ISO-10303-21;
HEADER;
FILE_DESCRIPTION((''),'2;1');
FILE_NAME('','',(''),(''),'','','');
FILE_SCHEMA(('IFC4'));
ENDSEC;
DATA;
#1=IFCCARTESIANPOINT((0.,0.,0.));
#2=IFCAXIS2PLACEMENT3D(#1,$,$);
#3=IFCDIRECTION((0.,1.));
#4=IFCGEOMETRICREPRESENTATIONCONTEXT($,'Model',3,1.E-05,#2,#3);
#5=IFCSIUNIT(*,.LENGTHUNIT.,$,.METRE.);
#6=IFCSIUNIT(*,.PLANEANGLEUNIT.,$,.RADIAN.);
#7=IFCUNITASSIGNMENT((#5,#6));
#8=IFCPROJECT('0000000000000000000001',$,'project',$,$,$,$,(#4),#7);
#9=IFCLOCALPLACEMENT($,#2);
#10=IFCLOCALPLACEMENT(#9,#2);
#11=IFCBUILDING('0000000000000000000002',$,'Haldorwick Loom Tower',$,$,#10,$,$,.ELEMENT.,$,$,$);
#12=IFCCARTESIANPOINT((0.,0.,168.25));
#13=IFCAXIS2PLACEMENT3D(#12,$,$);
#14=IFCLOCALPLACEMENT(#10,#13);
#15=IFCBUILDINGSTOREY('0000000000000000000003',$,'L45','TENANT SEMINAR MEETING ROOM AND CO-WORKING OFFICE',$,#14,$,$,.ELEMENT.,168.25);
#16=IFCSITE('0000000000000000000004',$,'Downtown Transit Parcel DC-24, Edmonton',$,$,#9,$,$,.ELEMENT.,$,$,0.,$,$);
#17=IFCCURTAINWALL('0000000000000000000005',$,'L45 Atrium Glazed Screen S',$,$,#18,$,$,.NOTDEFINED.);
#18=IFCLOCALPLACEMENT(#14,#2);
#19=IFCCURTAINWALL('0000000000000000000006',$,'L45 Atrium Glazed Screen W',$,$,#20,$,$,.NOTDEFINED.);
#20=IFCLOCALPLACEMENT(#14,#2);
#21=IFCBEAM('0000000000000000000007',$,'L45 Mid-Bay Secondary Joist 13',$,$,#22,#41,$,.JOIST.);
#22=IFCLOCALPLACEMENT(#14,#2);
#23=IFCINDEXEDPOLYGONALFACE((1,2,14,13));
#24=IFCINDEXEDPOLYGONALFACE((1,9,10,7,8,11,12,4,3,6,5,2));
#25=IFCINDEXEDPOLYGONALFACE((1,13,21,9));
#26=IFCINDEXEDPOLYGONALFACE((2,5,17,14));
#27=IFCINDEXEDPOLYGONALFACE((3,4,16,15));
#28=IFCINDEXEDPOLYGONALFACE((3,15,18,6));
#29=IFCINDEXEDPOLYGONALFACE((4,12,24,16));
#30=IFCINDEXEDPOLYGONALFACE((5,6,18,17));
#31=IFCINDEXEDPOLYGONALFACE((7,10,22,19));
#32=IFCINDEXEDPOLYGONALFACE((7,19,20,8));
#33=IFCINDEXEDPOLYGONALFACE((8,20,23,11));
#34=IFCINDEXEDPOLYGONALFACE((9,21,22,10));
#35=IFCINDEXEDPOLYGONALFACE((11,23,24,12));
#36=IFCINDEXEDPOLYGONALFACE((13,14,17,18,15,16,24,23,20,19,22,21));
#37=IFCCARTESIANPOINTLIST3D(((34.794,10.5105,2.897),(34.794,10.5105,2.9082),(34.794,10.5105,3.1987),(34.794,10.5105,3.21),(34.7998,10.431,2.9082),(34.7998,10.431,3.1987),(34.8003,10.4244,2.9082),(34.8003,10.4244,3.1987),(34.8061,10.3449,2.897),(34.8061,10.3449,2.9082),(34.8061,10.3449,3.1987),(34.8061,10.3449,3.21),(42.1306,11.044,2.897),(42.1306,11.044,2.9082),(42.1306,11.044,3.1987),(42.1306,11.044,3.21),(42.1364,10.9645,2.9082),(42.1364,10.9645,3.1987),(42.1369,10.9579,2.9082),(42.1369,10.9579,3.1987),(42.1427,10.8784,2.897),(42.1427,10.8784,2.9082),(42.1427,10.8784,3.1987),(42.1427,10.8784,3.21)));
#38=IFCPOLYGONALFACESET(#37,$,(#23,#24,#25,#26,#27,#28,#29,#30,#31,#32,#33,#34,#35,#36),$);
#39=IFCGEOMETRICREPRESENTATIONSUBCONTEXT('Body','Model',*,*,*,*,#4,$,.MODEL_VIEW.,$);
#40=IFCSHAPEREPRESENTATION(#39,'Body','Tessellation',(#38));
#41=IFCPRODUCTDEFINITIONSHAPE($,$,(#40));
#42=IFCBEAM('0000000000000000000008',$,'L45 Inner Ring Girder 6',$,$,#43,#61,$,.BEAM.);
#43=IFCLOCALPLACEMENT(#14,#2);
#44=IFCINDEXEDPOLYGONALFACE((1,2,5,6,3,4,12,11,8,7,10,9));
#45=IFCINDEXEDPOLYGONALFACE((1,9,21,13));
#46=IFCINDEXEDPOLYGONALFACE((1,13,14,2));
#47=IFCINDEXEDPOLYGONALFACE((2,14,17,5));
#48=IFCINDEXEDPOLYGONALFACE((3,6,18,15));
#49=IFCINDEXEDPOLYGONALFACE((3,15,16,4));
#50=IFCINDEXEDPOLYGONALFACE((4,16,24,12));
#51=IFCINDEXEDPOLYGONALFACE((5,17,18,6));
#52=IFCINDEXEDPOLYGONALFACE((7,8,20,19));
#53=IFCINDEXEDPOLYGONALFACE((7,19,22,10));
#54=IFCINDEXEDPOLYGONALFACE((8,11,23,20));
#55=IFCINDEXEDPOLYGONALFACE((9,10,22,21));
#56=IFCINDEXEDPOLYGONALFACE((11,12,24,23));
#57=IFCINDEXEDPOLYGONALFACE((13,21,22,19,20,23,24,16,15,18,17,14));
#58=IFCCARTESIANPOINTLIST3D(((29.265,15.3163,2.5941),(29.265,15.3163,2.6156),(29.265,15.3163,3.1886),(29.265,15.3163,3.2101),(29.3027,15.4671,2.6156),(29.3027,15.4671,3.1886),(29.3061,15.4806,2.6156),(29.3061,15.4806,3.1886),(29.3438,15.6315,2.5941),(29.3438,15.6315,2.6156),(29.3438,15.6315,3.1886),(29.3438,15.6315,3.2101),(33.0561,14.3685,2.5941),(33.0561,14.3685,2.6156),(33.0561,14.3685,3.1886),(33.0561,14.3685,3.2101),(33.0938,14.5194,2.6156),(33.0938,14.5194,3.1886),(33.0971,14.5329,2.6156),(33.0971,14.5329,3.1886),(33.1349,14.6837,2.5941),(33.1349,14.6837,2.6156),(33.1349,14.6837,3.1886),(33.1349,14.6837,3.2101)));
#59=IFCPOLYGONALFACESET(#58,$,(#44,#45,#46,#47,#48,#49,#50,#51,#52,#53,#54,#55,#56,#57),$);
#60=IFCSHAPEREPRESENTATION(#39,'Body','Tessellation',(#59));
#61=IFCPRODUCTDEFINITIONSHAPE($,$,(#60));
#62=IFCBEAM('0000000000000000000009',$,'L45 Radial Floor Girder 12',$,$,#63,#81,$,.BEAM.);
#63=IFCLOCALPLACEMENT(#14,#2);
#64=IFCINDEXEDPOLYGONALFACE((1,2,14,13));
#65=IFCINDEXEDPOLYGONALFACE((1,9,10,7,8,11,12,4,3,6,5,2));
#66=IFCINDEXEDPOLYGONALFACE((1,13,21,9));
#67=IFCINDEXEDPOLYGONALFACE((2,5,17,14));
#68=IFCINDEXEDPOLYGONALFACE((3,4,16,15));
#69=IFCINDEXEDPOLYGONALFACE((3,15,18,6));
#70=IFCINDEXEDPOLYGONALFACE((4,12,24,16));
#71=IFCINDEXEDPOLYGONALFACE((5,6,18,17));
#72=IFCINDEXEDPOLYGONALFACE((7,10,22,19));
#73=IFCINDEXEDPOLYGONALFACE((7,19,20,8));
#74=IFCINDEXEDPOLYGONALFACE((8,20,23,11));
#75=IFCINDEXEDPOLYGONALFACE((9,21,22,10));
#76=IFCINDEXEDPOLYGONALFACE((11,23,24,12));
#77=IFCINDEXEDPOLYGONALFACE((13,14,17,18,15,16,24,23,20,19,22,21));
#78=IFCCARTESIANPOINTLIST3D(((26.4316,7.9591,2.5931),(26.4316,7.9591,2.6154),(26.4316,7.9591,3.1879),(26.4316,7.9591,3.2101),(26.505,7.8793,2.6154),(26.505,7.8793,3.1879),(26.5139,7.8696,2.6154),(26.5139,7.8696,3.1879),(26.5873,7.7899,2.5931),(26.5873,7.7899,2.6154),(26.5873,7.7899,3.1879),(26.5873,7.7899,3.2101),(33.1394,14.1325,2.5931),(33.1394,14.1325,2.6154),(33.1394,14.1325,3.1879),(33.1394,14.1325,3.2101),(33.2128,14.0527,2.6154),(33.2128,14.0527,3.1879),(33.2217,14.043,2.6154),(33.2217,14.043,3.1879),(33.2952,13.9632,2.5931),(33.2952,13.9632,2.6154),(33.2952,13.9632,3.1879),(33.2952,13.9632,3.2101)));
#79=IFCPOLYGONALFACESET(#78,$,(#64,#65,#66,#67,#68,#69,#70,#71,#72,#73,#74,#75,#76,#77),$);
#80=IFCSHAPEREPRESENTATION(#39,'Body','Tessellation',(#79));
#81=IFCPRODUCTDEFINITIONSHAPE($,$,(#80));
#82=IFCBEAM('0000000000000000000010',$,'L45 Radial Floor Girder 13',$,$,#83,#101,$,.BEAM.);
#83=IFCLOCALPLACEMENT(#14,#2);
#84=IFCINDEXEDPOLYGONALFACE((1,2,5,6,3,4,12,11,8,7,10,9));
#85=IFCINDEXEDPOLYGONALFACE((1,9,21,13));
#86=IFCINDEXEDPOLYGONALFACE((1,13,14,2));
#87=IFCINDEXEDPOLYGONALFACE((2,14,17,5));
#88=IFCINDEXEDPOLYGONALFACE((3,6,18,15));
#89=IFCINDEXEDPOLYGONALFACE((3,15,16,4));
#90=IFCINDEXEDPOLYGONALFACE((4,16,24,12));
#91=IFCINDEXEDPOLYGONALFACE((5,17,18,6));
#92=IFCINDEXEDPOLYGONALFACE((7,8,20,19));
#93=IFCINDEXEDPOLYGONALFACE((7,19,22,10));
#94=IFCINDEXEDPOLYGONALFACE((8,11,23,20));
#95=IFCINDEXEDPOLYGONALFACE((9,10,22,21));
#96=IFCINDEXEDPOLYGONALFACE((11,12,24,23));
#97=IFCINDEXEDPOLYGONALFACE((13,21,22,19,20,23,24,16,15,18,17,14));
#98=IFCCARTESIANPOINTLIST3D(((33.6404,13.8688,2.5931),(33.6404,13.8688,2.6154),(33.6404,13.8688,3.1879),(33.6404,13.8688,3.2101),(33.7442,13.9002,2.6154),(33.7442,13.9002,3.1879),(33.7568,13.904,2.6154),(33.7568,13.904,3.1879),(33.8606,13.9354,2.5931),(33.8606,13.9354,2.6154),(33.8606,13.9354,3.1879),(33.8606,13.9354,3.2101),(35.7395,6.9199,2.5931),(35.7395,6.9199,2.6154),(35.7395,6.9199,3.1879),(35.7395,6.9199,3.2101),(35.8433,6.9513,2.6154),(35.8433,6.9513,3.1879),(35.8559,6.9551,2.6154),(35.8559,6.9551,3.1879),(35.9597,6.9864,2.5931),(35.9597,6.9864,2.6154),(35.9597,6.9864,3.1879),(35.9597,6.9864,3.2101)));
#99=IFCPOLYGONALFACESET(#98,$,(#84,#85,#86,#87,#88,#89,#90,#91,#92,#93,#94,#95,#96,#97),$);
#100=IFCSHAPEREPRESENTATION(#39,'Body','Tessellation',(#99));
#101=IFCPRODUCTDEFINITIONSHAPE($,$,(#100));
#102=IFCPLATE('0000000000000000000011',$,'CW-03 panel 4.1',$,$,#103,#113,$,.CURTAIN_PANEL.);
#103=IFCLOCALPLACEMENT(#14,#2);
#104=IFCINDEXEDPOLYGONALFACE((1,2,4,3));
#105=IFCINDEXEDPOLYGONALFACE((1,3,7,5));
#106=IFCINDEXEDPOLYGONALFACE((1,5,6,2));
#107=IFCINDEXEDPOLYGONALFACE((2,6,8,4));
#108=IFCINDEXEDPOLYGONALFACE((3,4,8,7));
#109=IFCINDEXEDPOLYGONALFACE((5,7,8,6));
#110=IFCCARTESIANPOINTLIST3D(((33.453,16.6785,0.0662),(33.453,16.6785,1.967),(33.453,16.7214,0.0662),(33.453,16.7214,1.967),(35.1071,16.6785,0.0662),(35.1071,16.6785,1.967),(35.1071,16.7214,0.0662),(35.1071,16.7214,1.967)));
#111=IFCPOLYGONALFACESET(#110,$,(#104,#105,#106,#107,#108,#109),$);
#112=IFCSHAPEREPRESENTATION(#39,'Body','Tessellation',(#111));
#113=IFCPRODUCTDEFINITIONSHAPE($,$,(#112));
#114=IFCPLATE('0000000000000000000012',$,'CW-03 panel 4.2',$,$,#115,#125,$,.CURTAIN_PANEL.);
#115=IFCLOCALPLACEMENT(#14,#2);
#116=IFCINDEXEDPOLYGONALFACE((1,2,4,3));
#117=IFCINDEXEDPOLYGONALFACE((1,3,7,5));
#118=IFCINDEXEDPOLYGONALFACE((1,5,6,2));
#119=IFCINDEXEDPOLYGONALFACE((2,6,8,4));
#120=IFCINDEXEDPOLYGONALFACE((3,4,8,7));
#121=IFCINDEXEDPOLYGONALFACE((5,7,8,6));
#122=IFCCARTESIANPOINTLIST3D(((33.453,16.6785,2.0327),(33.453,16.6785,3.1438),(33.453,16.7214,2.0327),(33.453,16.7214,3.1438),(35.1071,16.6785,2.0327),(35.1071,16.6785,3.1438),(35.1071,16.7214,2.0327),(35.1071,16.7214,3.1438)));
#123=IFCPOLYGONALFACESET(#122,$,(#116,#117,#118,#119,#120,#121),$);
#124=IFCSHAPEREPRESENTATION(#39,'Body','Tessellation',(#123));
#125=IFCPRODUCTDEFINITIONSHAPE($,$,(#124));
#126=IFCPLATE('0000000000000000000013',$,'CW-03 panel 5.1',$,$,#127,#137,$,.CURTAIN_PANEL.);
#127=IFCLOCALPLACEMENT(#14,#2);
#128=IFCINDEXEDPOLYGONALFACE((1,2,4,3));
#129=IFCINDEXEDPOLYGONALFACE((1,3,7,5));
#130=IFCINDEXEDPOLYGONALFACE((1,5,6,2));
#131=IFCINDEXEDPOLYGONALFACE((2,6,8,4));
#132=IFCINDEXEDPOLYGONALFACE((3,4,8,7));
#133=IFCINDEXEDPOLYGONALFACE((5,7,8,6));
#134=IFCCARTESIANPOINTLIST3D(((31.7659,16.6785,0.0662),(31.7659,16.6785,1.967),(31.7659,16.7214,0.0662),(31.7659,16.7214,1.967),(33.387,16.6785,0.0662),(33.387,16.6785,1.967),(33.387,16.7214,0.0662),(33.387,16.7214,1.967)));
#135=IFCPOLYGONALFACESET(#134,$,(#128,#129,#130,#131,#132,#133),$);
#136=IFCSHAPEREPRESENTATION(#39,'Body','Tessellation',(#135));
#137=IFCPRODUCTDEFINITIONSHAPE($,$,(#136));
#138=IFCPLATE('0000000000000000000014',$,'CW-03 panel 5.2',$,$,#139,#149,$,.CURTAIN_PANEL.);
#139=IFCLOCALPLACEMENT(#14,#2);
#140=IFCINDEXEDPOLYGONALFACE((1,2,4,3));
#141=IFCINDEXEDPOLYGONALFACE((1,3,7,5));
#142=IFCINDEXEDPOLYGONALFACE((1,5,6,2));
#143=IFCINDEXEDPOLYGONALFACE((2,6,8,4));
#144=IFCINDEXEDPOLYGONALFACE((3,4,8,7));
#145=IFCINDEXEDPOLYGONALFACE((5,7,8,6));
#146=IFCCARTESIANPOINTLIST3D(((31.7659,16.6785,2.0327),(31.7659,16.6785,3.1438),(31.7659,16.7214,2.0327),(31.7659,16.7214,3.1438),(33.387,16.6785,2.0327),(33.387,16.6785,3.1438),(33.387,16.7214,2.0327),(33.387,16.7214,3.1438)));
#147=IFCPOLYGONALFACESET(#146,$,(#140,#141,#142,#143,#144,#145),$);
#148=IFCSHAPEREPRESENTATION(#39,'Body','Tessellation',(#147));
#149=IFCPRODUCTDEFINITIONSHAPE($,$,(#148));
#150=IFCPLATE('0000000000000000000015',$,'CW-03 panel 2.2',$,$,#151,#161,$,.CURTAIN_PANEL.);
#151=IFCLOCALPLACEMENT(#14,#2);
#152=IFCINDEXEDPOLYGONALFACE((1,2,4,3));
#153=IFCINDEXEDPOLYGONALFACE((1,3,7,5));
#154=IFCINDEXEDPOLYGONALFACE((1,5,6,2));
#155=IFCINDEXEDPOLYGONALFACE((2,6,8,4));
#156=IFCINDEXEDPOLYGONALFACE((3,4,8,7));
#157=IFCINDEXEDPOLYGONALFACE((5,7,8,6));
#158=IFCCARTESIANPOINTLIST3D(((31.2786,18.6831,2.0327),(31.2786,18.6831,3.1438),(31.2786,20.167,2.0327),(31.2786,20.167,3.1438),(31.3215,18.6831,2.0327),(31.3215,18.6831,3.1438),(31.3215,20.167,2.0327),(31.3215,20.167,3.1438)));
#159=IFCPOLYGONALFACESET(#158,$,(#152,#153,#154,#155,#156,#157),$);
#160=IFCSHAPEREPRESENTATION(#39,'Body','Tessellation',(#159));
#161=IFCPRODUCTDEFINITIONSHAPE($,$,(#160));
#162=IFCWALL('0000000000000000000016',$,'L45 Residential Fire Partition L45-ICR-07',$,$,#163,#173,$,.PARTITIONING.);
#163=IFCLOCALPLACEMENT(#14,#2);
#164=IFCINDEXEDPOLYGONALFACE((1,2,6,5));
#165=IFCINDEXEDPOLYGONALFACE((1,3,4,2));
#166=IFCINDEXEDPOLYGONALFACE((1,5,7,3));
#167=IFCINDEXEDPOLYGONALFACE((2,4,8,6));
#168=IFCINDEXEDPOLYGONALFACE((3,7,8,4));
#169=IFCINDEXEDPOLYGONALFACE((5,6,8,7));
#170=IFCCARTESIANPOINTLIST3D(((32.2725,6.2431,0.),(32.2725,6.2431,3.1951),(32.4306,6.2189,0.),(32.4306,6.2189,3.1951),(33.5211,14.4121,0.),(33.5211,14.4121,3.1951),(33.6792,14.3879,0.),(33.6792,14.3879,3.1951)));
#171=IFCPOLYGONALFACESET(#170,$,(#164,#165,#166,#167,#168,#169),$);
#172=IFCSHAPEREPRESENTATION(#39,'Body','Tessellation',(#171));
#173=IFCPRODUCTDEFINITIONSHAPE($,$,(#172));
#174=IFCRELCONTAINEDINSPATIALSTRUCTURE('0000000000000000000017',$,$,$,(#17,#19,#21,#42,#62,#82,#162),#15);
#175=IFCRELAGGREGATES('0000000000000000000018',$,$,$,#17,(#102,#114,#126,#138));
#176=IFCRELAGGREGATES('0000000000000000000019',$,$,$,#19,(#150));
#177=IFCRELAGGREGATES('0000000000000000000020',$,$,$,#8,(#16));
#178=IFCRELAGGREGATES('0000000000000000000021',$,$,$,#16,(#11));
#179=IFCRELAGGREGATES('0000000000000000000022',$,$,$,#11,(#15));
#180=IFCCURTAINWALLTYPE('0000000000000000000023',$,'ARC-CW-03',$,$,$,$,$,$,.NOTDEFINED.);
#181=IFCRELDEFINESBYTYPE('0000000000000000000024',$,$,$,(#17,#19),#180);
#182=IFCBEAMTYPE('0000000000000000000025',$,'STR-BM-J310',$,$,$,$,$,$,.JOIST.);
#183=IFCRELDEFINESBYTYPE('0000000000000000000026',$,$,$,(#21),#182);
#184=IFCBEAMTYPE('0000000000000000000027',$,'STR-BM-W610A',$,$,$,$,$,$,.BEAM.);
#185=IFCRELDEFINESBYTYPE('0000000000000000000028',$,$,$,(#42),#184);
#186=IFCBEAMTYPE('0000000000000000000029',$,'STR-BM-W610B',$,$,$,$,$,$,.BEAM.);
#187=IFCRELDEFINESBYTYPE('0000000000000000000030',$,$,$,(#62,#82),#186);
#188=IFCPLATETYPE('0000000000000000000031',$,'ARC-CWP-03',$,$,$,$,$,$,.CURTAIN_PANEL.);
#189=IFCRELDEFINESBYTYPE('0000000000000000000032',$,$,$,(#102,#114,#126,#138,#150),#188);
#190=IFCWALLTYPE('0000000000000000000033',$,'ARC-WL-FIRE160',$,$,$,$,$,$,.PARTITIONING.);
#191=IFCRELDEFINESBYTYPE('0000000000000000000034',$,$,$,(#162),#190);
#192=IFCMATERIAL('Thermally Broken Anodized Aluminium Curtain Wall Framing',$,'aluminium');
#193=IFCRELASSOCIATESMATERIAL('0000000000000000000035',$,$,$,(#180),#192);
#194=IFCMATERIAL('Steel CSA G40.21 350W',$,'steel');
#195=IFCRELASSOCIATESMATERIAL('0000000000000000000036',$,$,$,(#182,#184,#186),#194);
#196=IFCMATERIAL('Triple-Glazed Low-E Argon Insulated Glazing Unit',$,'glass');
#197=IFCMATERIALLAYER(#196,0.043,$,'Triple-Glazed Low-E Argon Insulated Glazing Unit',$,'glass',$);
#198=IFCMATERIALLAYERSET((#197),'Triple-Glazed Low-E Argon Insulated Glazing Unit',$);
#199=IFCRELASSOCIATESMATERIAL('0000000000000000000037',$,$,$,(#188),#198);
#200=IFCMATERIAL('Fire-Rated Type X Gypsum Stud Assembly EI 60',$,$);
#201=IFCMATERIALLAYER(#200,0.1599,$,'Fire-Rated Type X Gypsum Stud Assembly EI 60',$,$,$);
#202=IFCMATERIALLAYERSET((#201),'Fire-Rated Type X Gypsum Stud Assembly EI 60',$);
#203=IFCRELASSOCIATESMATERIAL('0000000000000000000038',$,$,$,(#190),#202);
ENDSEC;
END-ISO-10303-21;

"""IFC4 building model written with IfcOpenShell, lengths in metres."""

from ifc_helpers import new_model, si_unit, direction, frame, frame_2d, origin, origin_2d, place, context, subcontext, project, spatial, rectangle, i_section, extrude, material, layer, layer_set, material_profile, profile_set, type_object, element, aggregate, save


model = new_model("IFC4")

# Units and contexts
model_context = context("Model", 3, precision=1e-05, world=origin(), true_north=direction((0.0, 1.0)))
body_context = subcontext(model_context, "Body", "Model", "MODEL_VIEW")
ifc_project = project(units=[si_unit("LENGTHUNIT", "METRE"), si_unit("PLANEANGLEUNIT", "RADIAN")], contexts=[model_context])

# Site, building, storey
site_placement = place(None, origin())
site = spatial("IfcSite", under=ifc_project, at=site_placement, Name="Downtown Transit Parcel DC-24, Edmonton", CompositionType="ELEMENT", RefElevation=0.0)
building_placement = place(site_placement, origin())
building = spatial("IfcBuilding", under=site, at=building_placement, Name="Haldorwick Loom Tower", CompositionType="ELEMENT")
storey_placement = place(building_placement, frame((0.0, 0.0, 168.25)))
storey = spatial("IfcBuildingStorey", under=building, at=storey_placement, Name="L45", Description="TENANT SEMINAR MEETING ROOM AND CO-WORKING OFFICE", CompositionType="ELEMENT", Elevation=168.25)

# Curtain wall
ifc_material_1 = material(Name="Thermally Broken Anodized Aluminium Curtain Wall Framing", Category="aluminium")
curtain_wall_type = type_object("IfcCurtainWallType", Name="ARC-CW-03", PredefinedType="NOTDEFINED", material=ifc_material_1)
curtain_wall_1_placement = place(storey_placement, origin())
curtain_wall_1 = element("IfcCurtainWall", 1, at=curtain_wall_1_placement, inside=storey, type_object=curtain_wall_type, Name="L45 Atrium Glazed Screen S", PredefinedType="NOTDEFINED")

# Curtain wall
curtain_wall_2_placement = place(storey_placement, origin())
curtain_wall_2 = element("IfcCurtainWall", 2, at=curtain_wall_2_placement, inside=storey, type_object=curtain_wall_type, Name="L45 Atrium Glazed Screen W", PredefinedType="NOTDEFINED")

# Beams
ifc_material_2 = material(Name="Steel CSA G40.21 350W", Category="steel")
ifc_material_profile_1 = material_profile(ifc_material_2, i_section(OverallWidth=0.166, OverallDepth=0.313, WebThickness=0.0066, FlangeThickness=0.0112, at=origin_2d()), Name="W310X45", Category="steel")
ifc_profile_set_1 = profile_set([ifc_material_profile_1], Name="Steel CSA G40.21 350W")
beam_type_1 = type_object("IfcBeamType", Name="STR-BM-J310", PredefinedType="JOIST", material=ifc_profile_set_1)
beam_1_placement = place(storey_placement, frame((34.8, 10.4277, 3.0535), z_axis=(0.997367, 0.072518, 0.0), x_axis=(-0.072518, 0.997367, 0.0)))
element("IfcBeam", 3, at=beam_1_placement, inside=storey, type_object=beam_type_1, Name="L45 Mid-Bay Secondary Joist 13", PredefinedType="JOIST", context=body_context, shape_type="SweptSolid", body=[
    extrude(i_section(OverallWidth=0.166, OverallDepth=0.313, WebThickness=0.0066, FlangeThickness=0.0112, at=origin_2d()), origin(), (0.0, 0.0, 1.0), 7.356),
])
ifc_material_profile_2 = material_profile(ifc_material_2, i_section(OverallWidth=0.325, OverallDepth=0.616, WebThickness=0.0139, FlangeThickness=0.0215, at=origin_2d()), Name="W610X174", Category="steel")
ifc_profile_set_2 = profile_set([ifc_material_profile_2], Name="Steel CSA G40.21 350W")
beam_type_2 = type_object("IfcBeamType", Name="STR-BM-W610A", PredefinedType="BEAM", material=ifc_profile_set_2)
beam_2_placement = place(storey_placement, frame((33.0955, 14.5261, 2.9021), z_axis=(-0.970143, 0.242536, 0.0), x_axis=(-0.242536, -0.970143, 0.0)))
element("IfcBeam", 4, at=beam_2_placement, inside=storey, type_object=beam_type_2, Name="L45 Inner Ring Girder 6", PredefinedType="BEAM", context=body_context, shape_type="SweptSolid", body=[
    extrude(i_section(OverallWidth=0.325, OverallDepth=0.616, WebThickness=0.0139, FlangeThickness=0.0215, at=origin_2d()), origin(), (0.0, 0.0, 1.0), 3.9077),
])
ifc_material_profile_3 = material_profile(ifc_material_2, i_section(OverallWidth=0.23, OverallDepth=0.6169, WebThickness=0.0132, FlangeThickness=0.0222, at=origin_2d()), Name="W610X140", Category="steel")
ifc_profile_set_3 = profile_set([ifc_material_profile_3], Name="Steel CSA G40.21 350W")
beam_type_3 = type_object("IfcBeamType", Name="STR-BM-W610B", PredefinedType="BEAM", material=ifc_profile_set_3)
beam_3_placement = place(storey_placement, frame((33.2173, 14.0479, 2.9016), z_axis=(-0.735811, -0.677187, 0.0), x_axis=(0.677187, -0.735811, 0.0)))
element("IfcBeam", 5, at=beam_3_placement, inside=storey, type_object=beam_type_3, Name="L45 Radial Floor Girder 12", PredefinedType="BEAM", context=body_context, shape_type="SweptSolid", body=[
    extrude(i_section(OverallWidth=0.23, OverallDepth=0.6169, WebThickness=0.0132, FlangeThickness=0.0222, at=origin_2d()), origin(), (0.0, 0.0, 1.0), 9.1162),
])
beam_4_placement = place(storey_placement, frame((33.7505, 13.9021, 2.9016), z_axis=(0.289171, -0.957277, 0.0), x_axis=(0.957277, 0.289171, 0.0)))
element("IfcBeam", 6, at=beam_4_placement, inside=storey, type_object=beam_type_3, Name="L45 Radial Floor Girder 13", PredefinedType="BEAM", context=body_context, shape_type="SweptSolid", body=[
    extrude(i_section(OverallWidth=0.23, OverallDepth=0.6169, WebThickness=0.0132, FlangeThickness=0.0222, at=origin_2d()), origin(), (0.0, 0.0, 1.0), 7.259),
])

# Plates
ifc_material_3 = material(Name="Triple-Glazed Low-E Argon Insulated Glazing Unit", Category="glass")
ifc_layer_1 = layer(ifc_material_3, 0.043, Name="Triple-Glazed Low-E Argon Insulated Glazing Unit", Category="glass")
ifc_layer_set_1 = layer_set([ifc_layer_1], Name="Triple-Glazed Low-E Argon Insulated Glazing Unit")
plate_type = type_object("IfcPlateType", Name="ARC-CWP-03", PredefinedType="CURTAIN_PANEL", material=ifc_layer_set_1)
plate_1_placement = place(storey_placement, frame((34.28, 16.7, 0.0662), z_axis=(0.0, 0.0, 1.0), x_axis=(-1.0, 0.0, 0.0)))
plate_1 = element("IfcPlate", 7, at=plate_1_placement, type_object=plate_type, Name="CW-03 panel 4.1", PredefinedType="CURTAIN_PANEL", context=body_context, shape_type="SweptSolid", body=[
    extrude(rectangle(XDim=1.6541, YDim=0.043, at=origin_2d()), origin(), (0.0, 0.0, 1.0), 1.9009),
])
plate_2_placement = place(storey_placement, frame((34.28, 16.7, 2.0327), z_axis=(0.0, 0.0, 1.0), x_axis=(-1.0, 0.0, 0.0)))
plate_2 = element("IfcPlate", 8, at=plate_2_placement, type_object=plate_type, Name="CW-03 panel 4.2", PredefinedType="CURTAIN_PANEL", context=body_context, shape_type="SweptSolid", body=[
    extrude(rectangle(XDim=1.6541, YDim=0.043, at=origin_2d()), origin(), (0.0, 0.0, 1.0), 1.1111),
])
plate_3_placement = place(storey_placement, frame((32.5764, 16.7, 0.0662), z_axis=(0.0, 0.0, 1.0), x_axis=(-1.0, 0.0, 0.0)))
plate_3 = element("IfcPlate", 9, at=plate_3_placement, type_object=plate_type, Name="CW-03 panel 5.1", PredefinedType="CURTAIN_PANEL", context=body_context, shape_type="SweptSolid", body=[
    extrude(rectangle(XDim=1.6211, YDim=0.043, at=origin_2d()), origin(), (0.0, 0.0, 1.0), 1.9009),
])
plate_4_placement = place(storey_placement, frame((32.5764, 16.7, 2.0327), z_axis=(0.0, 0.0, 1.0), x_axis=(-1.0, 0.0, 0.0)))
plate_4 = element("IfcPlate", 10, at=plate_4_placement, type_object=plate_type, Name="CW-03 panel 5.2", PredefinedType="CURTAIN_PANEL", context=body_context, shape_type="SweptSolid", body=[
    extrude(rectangle(XDim=1.6211, YDim=0.043, at=origin_2d()), origin(), (0.0, 0.0, 1.0), 1.1111),
])
aggregate(curtain_wall_1, [plate_1, plate_2, plate_3, plate_4])
plate_5_placement = place(storey_placement, frame((31.3, 19.425, 2.0327), z_axis=(0.0, 0.0, 1.0), x_axis=(0.0, 1.0, 0.0)))
plate_5 = element("IfcPlate", 11, at=plate_5_placement, type_object=plate_type, Name="CW-03 panel 2.2", PredefinedType="CURTAIN_PANEL", context=body_context, shape_type="SweptSolid", body=[
    extrude(rectangle(XDim=1.4839, YDim=0.043, at=origin_2d()), origin(), (0.0, 0.0, 1.0), 1.1111),
])
aggregate(curtain_wall_2, [plate_5])

# Wall
ifc_material_4 = material(Name="Fire-Rated Type X Gypsum Stud Assembly EI 60")
ifc_layer_2 = layer(ifc_material_4, 0.1599, Name="Fire-Rated Type X Gypsum Stud Assembly EI 60")
ifc_layer_set_2 = layer_set([ifc_layer_2], Name="Fire-Rated Type X Gypsum Stud Assembly EI 60")
wall_type = type_object("IfcWallType", Name="ARC-WL-FIRE160", PredefinedType="PARTITIONING", material=ifc_layer_set_2)
wall_placement = place(storey_placement, frame((33.6001, 14.3999, 0.0), z_axis=(0.0, 0.0, 1.0), x_axis=(-0.151085, -0.988521, 0.0)))
element("IfcWall", 12, at=wall_placement, inside=storey, type_object=wall_type, Name="L45 Residential Fire Partition L45-ICR-07", PredefinedType="PARTITIONING", context=body_context, shape_type="SweptSolid", body=[
    extrude(rectangle(XDim=8.2639, YDim=0.1599, at=frame_2d((4.1318, 0.0))), origin(), (0.0, 0.0, 1.0), 3.1951),
])

save(model, "model.ifc")
